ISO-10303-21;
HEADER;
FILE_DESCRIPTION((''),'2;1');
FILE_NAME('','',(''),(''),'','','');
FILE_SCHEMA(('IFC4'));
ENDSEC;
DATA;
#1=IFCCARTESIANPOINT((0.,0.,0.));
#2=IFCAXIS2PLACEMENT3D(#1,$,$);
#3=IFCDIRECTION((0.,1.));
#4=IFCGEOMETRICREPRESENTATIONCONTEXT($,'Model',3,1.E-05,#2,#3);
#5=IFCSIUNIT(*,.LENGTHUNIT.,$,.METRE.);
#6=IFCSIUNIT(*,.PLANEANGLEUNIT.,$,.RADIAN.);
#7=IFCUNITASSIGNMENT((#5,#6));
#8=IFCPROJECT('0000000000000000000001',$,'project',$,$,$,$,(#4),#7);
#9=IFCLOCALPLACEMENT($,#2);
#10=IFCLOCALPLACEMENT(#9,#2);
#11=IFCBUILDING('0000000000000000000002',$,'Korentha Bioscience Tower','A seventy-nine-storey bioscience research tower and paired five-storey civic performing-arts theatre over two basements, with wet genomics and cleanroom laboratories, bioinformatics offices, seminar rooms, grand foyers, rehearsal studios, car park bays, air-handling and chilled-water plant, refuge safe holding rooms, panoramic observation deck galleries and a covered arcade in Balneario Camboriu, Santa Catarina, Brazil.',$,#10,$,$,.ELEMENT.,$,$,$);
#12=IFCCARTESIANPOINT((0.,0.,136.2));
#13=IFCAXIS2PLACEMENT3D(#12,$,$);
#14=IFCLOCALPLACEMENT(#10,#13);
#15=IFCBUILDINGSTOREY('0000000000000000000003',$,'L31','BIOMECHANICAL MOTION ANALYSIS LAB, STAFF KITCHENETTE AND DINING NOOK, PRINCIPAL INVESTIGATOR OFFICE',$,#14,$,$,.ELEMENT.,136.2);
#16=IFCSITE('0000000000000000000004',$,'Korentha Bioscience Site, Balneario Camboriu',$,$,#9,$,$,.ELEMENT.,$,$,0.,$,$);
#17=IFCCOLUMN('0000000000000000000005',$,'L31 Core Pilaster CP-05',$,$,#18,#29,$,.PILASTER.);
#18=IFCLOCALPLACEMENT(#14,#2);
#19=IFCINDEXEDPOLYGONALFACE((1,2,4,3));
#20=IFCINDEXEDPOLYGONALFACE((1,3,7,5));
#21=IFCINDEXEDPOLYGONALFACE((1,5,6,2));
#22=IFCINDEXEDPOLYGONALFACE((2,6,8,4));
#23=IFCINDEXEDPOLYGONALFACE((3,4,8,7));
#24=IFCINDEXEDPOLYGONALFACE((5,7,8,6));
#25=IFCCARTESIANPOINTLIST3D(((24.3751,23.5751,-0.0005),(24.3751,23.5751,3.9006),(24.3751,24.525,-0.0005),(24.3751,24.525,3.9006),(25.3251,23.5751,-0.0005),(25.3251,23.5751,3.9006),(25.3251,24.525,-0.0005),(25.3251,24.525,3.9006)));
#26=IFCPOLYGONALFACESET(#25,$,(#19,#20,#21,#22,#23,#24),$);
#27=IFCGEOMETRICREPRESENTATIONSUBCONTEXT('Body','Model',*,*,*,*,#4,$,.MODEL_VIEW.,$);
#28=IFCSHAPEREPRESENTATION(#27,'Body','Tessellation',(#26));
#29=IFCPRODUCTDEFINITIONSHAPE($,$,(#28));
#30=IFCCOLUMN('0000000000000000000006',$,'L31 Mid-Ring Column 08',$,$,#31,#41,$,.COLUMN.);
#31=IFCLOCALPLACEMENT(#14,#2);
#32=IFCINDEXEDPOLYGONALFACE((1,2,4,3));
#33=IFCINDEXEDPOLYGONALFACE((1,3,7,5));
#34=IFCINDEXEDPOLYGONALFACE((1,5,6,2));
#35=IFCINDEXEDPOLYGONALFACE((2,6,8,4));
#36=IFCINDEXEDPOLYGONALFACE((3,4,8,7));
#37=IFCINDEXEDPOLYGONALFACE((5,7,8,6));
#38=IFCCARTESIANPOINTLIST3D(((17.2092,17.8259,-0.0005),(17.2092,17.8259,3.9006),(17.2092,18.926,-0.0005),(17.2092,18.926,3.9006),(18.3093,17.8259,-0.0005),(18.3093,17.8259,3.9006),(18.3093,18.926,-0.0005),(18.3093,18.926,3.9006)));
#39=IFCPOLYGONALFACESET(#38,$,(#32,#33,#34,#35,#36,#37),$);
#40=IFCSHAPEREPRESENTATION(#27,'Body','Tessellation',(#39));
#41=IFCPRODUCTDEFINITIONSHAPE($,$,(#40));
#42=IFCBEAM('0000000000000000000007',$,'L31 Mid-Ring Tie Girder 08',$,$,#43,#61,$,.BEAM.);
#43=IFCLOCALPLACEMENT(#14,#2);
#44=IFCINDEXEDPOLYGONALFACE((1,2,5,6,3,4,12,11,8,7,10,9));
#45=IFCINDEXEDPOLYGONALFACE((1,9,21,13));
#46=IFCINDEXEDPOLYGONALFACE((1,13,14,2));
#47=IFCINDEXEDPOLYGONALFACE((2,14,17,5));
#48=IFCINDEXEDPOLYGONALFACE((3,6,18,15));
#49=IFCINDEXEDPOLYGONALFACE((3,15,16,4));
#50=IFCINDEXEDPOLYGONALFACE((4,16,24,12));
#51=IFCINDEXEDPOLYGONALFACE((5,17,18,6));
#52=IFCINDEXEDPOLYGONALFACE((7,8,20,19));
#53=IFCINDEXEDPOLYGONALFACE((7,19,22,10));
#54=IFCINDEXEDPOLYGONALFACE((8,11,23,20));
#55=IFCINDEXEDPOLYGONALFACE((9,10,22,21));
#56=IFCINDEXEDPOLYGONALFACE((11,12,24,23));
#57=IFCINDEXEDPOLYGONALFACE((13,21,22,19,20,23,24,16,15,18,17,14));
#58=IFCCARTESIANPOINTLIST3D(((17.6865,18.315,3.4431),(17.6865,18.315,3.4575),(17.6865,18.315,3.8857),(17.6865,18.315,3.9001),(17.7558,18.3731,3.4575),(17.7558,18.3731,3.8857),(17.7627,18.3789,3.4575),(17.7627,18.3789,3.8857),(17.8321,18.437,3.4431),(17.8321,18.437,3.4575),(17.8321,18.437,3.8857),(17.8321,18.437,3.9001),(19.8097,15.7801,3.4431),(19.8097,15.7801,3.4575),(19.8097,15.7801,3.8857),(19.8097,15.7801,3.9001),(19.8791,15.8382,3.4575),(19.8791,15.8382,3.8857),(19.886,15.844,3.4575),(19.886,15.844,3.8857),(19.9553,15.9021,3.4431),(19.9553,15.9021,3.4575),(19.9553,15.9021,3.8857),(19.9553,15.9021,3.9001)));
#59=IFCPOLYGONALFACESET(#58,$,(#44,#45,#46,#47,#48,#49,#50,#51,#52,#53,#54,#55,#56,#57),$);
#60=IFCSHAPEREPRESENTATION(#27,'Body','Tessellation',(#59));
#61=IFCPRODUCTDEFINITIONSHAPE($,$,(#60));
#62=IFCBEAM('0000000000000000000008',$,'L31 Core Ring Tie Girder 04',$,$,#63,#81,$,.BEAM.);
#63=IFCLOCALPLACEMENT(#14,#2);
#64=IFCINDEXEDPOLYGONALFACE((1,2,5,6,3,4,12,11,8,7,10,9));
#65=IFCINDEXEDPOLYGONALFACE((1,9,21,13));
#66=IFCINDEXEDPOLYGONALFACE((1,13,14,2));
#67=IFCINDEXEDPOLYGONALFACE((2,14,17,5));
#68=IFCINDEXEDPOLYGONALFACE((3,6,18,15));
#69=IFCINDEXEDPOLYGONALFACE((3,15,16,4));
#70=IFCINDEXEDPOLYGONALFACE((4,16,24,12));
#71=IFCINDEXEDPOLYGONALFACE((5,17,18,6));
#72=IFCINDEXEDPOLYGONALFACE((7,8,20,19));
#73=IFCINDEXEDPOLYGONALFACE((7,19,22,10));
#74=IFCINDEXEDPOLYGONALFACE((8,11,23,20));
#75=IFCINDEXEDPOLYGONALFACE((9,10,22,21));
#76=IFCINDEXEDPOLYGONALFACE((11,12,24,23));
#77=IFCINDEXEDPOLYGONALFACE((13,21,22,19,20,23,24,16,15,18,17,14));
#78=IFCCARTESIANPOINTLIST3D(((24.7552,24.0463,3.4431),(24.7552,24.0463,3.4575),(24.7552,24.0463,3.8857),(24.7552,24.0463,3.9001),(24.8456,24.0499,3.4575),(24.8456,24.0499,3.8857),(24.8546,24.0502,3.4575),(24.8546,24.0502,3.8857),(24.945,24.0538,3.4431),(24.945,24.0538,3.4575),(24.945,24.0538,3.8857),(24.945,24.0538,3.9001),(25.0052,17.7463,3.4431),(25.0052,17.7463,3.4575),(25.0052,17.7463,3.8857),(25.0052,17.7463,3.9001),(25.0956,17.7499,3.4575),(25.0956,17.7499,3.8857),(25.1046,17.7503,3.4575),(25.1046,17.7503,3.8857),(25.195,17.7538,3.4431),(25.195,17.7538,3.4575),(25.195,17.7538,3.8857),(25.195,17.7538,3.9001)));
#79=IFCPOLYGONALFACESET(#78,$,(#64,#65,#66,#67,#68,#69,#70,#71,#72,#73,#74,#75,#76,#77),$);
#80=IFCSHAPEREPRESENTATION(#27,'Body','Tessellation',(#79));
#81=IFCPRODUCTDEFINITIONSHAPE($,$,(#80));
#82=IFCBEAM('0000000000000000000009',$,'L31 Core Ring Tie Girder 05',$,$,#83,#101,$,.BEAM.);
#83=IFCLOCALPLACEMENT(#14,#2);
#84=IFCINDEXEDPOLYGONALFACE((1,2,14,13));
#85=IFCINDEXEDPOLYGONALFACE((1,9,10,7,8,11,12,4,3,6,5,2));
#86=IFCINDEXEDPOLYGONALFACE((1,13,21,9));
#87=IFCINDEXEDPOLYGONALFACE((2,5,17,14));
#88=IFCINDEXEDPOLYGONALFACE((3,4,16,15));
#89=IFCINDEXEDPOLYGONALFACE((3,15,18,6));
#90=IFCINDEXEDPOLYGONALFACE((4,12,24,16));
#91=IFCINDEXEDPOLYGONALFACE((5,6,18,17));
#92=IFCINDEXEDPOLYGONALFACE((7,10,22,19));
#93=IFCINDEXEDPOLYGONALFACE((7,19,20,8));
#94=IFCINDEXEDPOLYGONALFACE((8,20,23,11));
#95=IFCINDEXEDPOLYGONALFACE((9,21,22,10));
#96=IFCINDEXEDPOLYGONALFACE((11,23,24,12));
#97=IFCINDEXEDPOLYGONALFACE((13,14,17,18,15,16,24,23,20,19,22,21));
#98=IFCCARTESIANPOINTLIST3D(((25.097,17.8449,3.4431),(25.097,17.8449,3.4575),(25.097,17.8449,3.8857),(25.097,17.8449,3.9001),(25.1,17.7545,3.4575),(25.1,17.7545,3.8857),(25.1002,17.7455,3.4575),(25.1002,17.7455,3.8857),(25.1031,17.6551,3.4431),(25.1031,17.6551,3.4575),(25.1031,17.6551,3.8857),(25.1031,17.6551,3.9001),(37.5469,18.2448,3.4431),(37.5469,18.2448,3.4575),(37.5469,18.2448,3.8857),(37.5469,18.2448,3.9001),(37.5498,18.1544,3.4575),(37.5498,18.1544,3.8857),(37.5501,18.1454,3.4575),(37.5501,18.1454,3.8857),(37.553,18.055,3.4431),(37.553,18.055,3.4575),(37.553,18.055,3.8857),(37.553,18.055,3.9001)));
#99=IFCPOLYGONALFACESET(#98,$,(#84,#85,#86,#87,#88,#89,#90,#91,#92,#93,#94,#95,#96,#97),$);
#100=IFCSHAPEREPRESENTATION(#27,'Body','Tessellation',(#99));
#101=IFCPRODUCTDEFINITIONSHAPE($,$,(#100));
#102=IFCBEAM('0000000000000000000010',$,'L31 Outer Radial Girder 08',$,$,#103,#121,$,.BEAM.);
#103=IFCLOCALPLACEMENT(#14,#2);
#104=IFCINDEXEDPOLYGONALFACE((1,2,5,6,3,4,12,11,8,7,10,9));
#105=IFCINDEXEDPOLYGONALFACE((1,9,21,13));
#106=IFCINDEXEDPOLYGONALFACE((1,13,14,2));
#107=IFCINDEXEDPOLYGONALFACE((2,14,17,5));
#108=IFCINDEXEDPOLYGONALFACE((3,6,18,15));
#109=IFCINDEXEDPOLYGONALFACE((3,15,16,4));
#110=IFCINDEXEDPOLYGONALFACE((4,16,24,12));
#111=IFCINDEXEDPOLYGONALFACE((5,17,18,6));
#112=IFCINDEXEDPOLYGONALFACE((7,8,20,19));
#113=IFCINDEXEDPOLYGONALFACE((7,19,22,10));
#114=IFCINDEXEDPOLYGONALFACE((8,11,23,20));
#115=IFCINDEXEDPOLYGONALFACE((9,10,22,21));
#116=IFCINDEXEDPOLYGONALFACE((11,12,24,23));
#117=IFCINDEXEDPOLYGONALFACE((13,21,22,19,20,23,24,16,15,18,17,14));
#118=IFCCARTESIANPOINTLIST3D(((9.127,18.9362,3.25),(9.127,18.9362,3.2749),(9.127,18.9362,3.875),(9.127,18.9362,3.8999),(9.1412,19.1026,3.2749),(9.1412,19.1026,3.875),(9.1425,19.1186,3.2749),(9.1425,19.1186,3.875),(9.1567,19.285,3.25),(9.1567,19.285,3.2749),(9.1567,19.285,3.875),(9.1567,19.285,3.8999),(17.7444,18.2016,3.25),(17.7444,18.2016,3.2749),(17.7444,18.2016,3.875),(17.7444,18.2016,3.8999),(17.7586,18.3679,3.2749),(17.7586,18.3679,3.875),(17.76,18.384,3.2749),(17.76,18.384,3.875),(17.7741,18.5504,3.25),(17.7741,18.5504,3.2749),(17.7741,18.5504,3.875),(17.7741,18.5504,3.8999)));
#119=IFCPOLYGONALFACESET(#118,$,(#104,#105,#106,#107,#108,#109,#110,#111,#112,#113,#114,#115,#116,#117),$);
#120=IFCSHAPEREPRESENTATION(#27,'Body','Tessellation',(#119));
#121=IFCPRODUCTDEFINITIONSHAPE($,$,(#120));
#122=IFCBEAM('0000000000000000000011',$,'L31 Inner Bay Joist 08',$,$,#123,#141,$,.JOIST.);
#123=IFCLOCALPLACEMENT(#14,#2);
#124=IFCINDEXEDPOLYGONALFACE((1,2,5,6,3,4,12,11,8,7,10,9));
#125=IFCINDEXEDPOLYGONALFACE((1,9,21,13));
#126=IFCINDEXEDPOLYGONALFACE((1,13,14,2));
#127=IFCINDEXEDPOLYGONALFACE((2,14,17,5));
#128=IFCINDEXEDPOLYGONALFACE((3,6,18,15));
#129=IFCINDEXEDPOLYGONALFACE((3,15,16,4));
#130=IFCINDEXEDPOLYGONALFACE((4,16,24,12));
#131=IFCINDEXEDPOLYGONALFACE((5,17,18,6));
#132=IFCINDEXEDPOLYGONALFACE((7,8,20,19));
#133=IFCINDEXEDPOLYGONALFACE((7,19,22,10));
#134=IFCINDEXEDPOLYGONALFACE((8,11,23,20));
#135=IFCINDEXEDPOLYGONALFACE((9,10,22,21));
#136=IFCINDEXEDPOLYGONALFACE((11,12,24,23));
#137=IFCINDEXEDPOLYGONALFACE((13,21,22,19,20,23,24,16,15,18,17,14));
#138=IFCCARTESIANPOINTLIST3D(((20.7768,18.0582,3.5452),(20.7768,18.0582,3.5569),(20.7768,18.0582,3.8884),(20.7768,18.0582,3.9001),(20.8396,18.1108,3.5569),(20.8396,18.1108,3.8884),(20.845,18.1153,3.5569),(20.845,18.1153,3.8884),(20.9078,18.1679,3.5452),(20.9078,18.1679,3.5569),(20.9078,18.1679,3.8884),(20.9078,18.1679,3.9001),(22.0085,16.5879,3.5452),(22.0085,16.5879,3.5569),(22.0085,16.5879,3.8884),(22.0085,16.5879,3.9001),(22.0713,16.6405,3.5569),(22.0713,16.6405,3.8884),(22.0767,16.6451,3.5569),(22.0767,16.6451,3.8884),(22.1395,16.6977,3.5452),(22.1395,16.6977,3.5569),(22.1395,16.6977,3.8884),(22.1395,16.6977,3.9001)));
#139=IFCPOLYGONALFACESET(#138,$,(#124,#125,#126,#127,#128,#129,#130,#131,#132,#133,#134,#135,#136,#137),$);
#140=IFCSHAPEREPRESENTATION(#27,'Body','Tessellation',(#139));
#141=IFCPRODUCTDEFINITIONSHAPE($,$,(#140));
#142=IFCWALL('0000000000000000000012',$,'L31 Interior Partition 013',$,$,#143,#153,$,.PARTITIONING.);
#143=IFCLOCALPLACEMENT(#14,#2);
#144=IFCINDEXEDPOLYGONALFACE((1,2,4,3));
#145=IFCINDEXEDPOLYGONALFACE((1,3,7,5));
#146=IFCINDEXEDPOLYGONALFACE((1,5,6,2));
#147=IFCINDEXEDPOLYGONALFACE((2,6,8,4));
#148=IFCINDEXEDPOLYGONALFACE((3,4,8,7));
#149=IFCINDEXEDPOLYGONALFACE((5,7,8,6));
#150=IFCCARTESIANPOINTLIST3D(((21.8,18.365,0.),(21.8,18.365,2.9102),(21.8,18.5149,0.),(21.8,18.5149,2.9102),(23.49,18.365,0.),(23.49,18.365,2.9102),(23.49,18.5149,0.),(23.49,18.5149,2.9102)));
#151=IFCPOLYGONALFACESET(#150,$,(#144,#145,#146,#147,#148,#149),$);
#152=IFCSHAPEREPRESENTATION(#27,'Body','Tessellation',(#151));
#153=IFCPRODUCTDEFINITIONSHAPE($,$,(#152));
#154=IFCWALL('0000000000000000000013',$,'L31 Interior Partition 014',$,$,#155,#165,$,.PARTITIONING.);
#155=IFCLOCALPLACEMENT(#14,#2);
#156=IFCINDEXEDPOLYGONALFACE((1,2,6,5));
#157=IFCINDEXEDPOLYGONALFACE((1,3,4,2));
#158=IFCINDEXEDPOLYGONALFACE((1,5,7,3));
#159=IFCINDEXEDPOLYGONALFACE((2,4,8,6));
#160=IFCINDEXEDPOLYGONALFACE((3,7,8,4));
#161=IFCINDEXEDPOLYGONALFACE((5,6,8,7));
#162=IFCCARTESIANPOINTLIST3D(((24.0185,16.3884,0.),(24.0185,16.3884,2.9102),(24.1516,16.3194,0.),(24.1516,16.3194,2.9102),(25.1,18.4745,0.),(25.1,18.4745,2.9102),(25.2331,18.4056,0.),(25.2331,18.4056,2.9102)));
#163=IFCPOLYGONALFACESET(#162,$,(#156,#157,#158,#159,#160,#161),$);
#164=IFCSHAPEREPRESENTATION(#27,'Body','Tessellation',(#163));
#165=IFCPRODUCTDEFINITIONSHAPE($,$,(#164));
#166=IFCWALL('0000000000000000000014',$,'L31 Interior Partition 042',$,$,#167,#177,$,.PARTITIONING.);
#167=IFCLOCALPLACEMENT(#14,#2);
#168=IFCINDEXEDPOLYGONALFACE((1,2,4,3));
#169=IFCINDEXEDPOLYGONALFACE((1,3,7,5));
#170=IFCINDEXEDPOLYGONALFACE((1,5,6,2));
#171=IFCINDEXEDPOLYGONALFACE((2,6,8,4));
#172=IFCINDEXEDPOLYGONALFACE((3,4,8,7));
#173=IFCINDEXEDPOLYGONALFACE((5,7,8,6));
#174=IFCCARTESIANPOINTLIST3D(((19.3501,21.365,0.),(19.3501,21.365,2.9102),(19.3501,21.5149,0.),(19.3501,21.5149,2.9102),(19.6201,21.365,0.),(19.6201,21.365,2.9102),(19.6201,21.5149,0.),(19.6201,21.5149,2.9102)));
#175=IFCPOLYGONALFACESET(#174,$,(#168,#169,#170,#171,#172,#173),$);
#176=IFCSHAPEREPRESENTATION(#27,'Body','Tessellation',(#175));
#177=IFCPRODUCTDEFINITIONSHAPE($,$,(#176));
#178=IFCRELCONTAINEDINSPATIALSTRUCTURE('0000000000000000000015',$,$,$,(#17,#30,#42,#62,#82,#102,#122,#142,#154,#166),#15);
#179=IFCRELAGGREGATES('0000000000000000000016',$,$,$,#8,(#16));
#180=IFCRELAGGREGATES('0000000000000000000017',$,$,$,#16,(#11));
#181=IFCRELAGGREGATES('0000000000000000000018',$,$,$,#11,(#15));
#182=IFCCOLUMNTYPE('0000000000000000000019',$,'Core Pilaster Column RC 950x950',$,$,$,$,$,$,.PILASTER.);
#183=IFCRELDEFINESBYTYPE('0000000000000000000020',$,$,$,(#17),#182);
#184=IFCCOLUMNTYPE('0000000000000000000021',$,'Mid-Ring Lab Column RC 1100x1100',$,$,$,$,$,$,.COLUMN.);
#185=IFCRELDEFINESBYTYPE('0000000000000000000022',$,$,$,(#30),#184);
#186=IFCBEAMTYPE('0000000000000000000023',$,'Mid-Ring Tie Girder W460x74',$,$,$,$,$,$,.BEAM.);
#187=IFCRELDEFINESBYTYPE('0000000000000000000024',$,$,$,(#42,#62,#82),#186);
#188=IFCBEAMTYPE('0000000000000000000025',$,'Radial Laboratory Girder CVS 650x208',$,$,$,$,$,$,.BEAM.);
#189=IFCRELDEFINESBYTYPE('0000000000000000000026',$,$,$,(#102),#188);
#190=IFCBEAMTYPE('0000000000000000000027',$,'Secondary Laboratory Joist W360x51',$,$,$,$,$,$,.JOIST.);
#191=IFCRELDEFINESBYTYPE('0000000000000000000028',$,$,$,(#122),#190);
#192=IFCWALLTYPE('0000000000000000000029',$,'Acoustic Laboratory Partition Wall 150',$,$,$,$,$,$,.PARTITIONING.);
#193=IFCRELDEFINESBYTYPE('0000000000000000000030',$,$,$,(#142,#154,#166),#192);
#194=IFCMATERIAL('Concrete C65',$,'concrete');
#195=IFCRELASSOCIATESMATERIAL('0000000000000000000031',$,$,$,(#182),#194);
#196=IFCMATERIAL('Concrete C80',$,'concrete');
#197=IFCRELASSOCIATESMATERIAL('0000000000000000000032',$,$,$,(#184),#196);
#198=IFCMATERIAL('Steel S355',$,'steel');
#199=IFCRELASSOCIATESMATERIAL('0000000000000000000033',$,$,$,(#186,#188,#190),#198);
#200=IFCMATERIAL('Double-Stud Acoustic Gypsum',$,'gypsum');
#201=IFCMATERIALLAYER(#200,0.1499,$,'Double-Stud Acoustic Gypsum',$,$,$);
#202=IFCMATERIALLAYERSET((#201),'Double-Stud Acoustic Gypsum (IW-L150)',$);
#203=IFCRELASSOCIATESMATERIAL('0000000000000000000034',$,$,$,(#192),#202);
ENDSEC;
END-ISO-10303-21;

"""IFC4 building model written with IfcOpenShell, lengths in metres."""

from ifc_helpers import new_model, si_unit, direction, frame, frame_2d, origin, origin_2d, place, context, subcontext, project, spatial, rectangle, i_section, extrude, material, layer, layer_set, material_profile, profile_set, type_object, element, save


model = new_model("IFC4")

# Units and contexts
model_context = context("Model", 3, precision=1e-05, world=origin(), true_north=direction((0.0, 1.0)))
body_context = subcontext(model_context, "Body", "Model", "MODEL_VIEW")
ifc_project = project(units=[si_unit("LENGTHUNIT", "METRE"), si_unit("PLANEANGLEUNIT", "RADIAN")], contexts=[model_context])

# Site, building, storey
site_placement = place(None, origin())
site = spatial("IfcSite", under=ifc_project, at=site_placement, Name="Korentha Bioscience Site, Balneario Camboriu", CompositionType="ELEMENT", RefElevation=0.0)
building_placement = place(site_placement, origin())
building = spatial("IfcBuilding", under=site, at=building_placement, Name="Korentha Bioscience Tower", Description="A seventy-nine-storey bioscience research tower and paired five-storey civic performing-arts theatre over two basements, with wet genomics and cleanroom laboratories, bioinformatics offices, seminar rooms, grand foyers, rehearsal studios, car park bays, air-handling and chilled-water plant, refuge safe holding rooms, panoramic observation deck galleries and a covered arcade in Balneario Camboriu, Santa Catarina, Brazil.", CompositionType="ELEMENT")
storey_placement = place(building_placement, frame((0.0, 0.0, 136.2)))
storey = spatial("IfcBuildingStorey", under=building, at=storey_placement, Name="L31", Description="BIOMECHANICAL MOTION ANALYSIS LAB, STAFF KITCHENETTE AND DINING NOOK, PRINCIPAL INVESTIGATOR OFFICE", CompositionType="ELEMENT", Elevation=136.2)

# Columns
ifc_material_1 = material(Name="Concrete C65", Category="concrete")
ifc_material_profile_1 = material_profile(ifc_material_1, rectangle(XDim=0.95, YDim=0.95, at=origin_2d()), Name="Concrete C65")
ifc_profile_set_1 = profile_set([ifc_material_profile_1], Name="Concrete C65 (COL-CP09)")
column_type_1 = type_object("IfcColumnType", Name="Core Pilaster Column RC 950x950", PredefinedType="PILASTER", material=ifc_profile_set_1)
column_1_placement = place(storey_placement, frame((24.8501, 24.05, -0.0005), z_axis=(0.0, 0.0, 1.0), x_axis=(1.0, 0.0, 0.0)))
element("IfcColumn", 1, at=column_1_placement, inside=storey, type_object=column_type_1, Name="L31 Core Pilaster CP-05", PredefinedType="PILASTER", context=body_context, shape_type="SweptSolid", body=[
    extrude(rectangle(XDim=0.95, YDim=0.95, at=origin_2d()), origin(), (0.0, 0.0, 1.0), 3.9011),
])
ifc_material_2 = material(Name="Concrete C80", Category="concrete")
ifc_material_profile_2 = material_profile(ifc_material_2, rectangle(XDim=1.1001, YDim=1.1001, at=origin_2d()), Name="Concrete C80")
ifc_profile_set_2 = profile_set([ifc_material_profile_2], Name="Concrete C80 (COL-MR11)")
column_type_2 = type_object("IfcColumnType", Name="Mid-Ring Lab Column RC 1100x1100", PredefinedType="COLUMN", material=ifc_profile_set_2)
column_2_placement = place(storey_placement, frame((17.7593, 18.376, -0.0005), z_axis=(0.0, 0.0, 1.0), x_axis=(1.0, 0.0, 0.0)))
element("IfcColumn", 2, at=column_2_placement, inside=storey, type_object=column_type_2, Name="L31 Mid-Ring Column 08", PredefinedType="COLUMN", context=body_context, shape_type="SweptSolid", body=[
    extrude(rectangle(XDim=1.1001, YDim=1.1001, at=origin_2d()), origin(), (0.0, 0.0, 1.0), 3.9011),
])

# Beams
ifc_material_3 = material(Name="Steel S355", Category="steel")
ifc_material_profile_3 = material_profile(ifc_material_3, i_section(OverallWidth=0.1899, OverallDepth=0.457, WebThickness=0.009, FlangeThickness=0.0144, at=origin_2d()), Name="Steel S355")
ifc_profile_set_3 = profile_set([ifc_material_profile_3], Name="Steel S355 (MB-460)")
beam_type_1 = type_object("IfcBeamType", Name="Mid-Ring Tie Girder W460x74", PredefinedType="BEAM", material=ifc_profile_set_3)
beam_1_placement = place(storey_placement, frame((17.7593, 18.376, 3.6716), z_axis=(0.642121, -0.766603, 0.0), x_axis=(0.766603, 0.642121, 0.0)))
element("IfcBeam", 3, at=beam_1_placement, inside=storey, type_object=beam_type_1, Name="L31 Mid-Ring Tie Girder 08", PredefinedType="BEAM", context=body_context, shape_type="SweptSolid", body=[
    extrude(i_section(OverallWidth=0.1899, OverallDepth=0.457, WebThickness=0.009, FlangeThickness=0.0144, at=origin_2d()), origin(), (0.0, 0.0, 1.0), 3.3066),
])
beam_2_placement = place(storey_placement, frame((24.8501, 24.05, 3.6716), z_axis=(0.039651, -0.999214, 0.0), x_axis=(0.999214, 0.039651, 0.0)))
element("IfcBeam", 4, at=beam_2_placement, inside=storey, type_object=beam_type_1, Name="L31 Core Ring Tie Girder 04", PredefinedType="BEAM", context=body_context, shape_type="SweptSolid", body=[
    extrude(i_section(OverallWidth=0.1899, OverallDepth=0.457, WebThickness=0.009, FlangeThickness=0.0144, at=origin_2d()), origin(), (0.0, 0.0, 1.0), 6.3049),
])
beam_3_placement = place(storey_placement, frame((25.1001, 17.75, 3.6716), z_axis=(0.999485, 0.032104, 0.0), x_axis=(-0.032104, 0.999485, 0.0)))
element("IfcBeam", 5, at=beam_3_placement, inside=storey, type_object=beam_type_1, Name="L31 Core Ring Tie Girder 05", PredefinedType="BEAM", context=body_context, shape_type="SweptSolid", body=[
    extrude(i_section(OverallWidth=0.1899, OverallDepth=0.457, WebThickness=0.009, FlangeThickness=0.0144, at=origin_2d()), origin(), (0.0, 0.0, 1.0), 12.4563),
])
ifc_material_profile_4 = material_profile(ifc_material_3, i_section(OverallWidth=0.3501, OverallDepth=0.6499, WebThickness=0.0161, FlangeThickness=0.0249, at=origin_2d()), Name="Steel S355")
ifc_profile_set_4 = profile_set([ifc_material_profile_4], Name="Steel S355 (RB-650)")
beam_type_2 = type_object("IfcBeamType", Name="Radial Laboratory Girder CVS 650x208", PredefinedType="BEAM", material=ifc_profile_set_4)
beam_4_placement = place(storey_placement, frame((17.7593, 18.376, 3.575), z_axis=(-0.996386, 0.08494, 0.0), x_axis=(-0.08494, -0.996386, 0.0)))
element("IfcBeam", 6, at=beam_4_placement, inside=storey, type_object=beam_type_2, Name="L31 Outer Radial Girder 08", PredefinedType="BEAM", context=body_context, shape_type="SweptSolid", body=[
    extrude(i_section(OverallWidth=0.3501, OverallDepth=0.6499, WebThickness=0.0161, FlangeThickness=0.0249, at=origin_2d()), origin(), (0.0, 0.0, 1.0), 8.6487),
])
ifc_material_profile_5 = material_profile(ifc_material_3, i_section(OverallWidth=0.1709, OverallDepth=0.355, WebThickness=0.0071, FlangeThickness=0.0117, at=origin_2d()), Name="Steel S355")
ifc_profile_set_5 = profile_set([ifc_material_profile_5], Name="Steel S355 (JB-360)")
beam_type_3 = type_object("IfcBeamType", Name="Secondary Laboratory Joist W360x51", PredefinedType="JOIST", material=ifc_profile_set_5)
beam_5_placement = place(storey_placement, frame((20.8423, 18.113, 3.7227), z_axis=(0.642185, -0.766549, 0.0), x_axis=(0.766549, 0.642185, 0.0)))
element("IfcBeam", 7, at=beam_5_placement, inside=storey, type_object=beam_type_3, Name="L31 Inner Bay Joist 08", PredefinedType="JOIST", context=body_context, shape_type="SweptSolid", body=[
    extrude(i_section(OverallWidth=0.1709, OverallDepth=0.355, WebThickness=0.0071, FlangeThickness=0.0117, at=origin_2d()), origin(), (0.0, 0.0, 1.0), 1.918),
])

# Shared definitions
ifc_material_4 = material(Name="Double-Stud Acoustic Gypsum", Category="gypsum")
ifc_layer_1 = layer(ifc_material_4, 0.1499, Name="Double-Stud Acoustic Gypsum")
ifc_layer_set_1 = layer_set([ifc_layer_1], Name="Double-Stud Acoustic Gypsum (IW-L150)")
wall_type_1 = type_object("IfcWallType", Name="Acoustic Laboratory Partition Wall 150", PredefinedType="PARTITIONING", material=ifc_layer_set_1)

# Walls
wall_1_placement = place(storey_placement, frame((21.8, 18.4399, 0.0), z_axis=(0.0, 0.0, 1.0), x_axis=(1.0, 0.0, 0.0)))
element("IfcWall", 8, at=wall_1_placement, inside=storey, type_object=wall_type_1, Name="L31 Interior Partition 013", PredefinedType="PARTITIONING", context=body_context, shape_type="SweptSolid", body=[
    extrude(rectangle(XDim=1.6899, YDim=0.1499, at=frame_2d((0.845, 0.0))), origin(), (0.0, 0.0, 1.0), 2.9102),
])
wall_2_placement = place(storey_placement, frame((25.1665, 18.4399, 0.0), z_axis=(0.0, 0.0, 1.0), x_axis=(-0.460257, -0.887786, 0.0)))
element("IfcWall", 9, at=wall_2_placement, inside=storey, type_object=wall_type_1, Name="L31 Interior Partition 014", PredefinedType="PARTITIONING", context=body_context, shape_type="SweptSolid", body=[
    extrude(rectangle(XDim=2.3499, YDim=0.1499, at=frame_2d((1.1748, 0.0))), origin(), (0.0, 0.0, 1.0), 2.9102),
])
wall_3_placement = place(storey_placement, frame((19.3501, 21.4399, 0.0), z_axis=(0.0, 0.0, 1.0), x_axis=(1.0, 0.0, 0.0)))
element("IfcWall", 10, at=wall_3_placement, inside=storey, type_object=wall_type_1, Name="L31 Interior Partition 042", PredefinedType="PARTITIONING", context=body_context, shape_type="SweptSolid", body=[
    extrude(rectangle(XDim=0.27, YDim=0.1499, at=frame_2d((0.135, 0.0))), origin(), (0.0, 0.0, 1.0), 2.9102),
])

save(model, "model.ifc")
